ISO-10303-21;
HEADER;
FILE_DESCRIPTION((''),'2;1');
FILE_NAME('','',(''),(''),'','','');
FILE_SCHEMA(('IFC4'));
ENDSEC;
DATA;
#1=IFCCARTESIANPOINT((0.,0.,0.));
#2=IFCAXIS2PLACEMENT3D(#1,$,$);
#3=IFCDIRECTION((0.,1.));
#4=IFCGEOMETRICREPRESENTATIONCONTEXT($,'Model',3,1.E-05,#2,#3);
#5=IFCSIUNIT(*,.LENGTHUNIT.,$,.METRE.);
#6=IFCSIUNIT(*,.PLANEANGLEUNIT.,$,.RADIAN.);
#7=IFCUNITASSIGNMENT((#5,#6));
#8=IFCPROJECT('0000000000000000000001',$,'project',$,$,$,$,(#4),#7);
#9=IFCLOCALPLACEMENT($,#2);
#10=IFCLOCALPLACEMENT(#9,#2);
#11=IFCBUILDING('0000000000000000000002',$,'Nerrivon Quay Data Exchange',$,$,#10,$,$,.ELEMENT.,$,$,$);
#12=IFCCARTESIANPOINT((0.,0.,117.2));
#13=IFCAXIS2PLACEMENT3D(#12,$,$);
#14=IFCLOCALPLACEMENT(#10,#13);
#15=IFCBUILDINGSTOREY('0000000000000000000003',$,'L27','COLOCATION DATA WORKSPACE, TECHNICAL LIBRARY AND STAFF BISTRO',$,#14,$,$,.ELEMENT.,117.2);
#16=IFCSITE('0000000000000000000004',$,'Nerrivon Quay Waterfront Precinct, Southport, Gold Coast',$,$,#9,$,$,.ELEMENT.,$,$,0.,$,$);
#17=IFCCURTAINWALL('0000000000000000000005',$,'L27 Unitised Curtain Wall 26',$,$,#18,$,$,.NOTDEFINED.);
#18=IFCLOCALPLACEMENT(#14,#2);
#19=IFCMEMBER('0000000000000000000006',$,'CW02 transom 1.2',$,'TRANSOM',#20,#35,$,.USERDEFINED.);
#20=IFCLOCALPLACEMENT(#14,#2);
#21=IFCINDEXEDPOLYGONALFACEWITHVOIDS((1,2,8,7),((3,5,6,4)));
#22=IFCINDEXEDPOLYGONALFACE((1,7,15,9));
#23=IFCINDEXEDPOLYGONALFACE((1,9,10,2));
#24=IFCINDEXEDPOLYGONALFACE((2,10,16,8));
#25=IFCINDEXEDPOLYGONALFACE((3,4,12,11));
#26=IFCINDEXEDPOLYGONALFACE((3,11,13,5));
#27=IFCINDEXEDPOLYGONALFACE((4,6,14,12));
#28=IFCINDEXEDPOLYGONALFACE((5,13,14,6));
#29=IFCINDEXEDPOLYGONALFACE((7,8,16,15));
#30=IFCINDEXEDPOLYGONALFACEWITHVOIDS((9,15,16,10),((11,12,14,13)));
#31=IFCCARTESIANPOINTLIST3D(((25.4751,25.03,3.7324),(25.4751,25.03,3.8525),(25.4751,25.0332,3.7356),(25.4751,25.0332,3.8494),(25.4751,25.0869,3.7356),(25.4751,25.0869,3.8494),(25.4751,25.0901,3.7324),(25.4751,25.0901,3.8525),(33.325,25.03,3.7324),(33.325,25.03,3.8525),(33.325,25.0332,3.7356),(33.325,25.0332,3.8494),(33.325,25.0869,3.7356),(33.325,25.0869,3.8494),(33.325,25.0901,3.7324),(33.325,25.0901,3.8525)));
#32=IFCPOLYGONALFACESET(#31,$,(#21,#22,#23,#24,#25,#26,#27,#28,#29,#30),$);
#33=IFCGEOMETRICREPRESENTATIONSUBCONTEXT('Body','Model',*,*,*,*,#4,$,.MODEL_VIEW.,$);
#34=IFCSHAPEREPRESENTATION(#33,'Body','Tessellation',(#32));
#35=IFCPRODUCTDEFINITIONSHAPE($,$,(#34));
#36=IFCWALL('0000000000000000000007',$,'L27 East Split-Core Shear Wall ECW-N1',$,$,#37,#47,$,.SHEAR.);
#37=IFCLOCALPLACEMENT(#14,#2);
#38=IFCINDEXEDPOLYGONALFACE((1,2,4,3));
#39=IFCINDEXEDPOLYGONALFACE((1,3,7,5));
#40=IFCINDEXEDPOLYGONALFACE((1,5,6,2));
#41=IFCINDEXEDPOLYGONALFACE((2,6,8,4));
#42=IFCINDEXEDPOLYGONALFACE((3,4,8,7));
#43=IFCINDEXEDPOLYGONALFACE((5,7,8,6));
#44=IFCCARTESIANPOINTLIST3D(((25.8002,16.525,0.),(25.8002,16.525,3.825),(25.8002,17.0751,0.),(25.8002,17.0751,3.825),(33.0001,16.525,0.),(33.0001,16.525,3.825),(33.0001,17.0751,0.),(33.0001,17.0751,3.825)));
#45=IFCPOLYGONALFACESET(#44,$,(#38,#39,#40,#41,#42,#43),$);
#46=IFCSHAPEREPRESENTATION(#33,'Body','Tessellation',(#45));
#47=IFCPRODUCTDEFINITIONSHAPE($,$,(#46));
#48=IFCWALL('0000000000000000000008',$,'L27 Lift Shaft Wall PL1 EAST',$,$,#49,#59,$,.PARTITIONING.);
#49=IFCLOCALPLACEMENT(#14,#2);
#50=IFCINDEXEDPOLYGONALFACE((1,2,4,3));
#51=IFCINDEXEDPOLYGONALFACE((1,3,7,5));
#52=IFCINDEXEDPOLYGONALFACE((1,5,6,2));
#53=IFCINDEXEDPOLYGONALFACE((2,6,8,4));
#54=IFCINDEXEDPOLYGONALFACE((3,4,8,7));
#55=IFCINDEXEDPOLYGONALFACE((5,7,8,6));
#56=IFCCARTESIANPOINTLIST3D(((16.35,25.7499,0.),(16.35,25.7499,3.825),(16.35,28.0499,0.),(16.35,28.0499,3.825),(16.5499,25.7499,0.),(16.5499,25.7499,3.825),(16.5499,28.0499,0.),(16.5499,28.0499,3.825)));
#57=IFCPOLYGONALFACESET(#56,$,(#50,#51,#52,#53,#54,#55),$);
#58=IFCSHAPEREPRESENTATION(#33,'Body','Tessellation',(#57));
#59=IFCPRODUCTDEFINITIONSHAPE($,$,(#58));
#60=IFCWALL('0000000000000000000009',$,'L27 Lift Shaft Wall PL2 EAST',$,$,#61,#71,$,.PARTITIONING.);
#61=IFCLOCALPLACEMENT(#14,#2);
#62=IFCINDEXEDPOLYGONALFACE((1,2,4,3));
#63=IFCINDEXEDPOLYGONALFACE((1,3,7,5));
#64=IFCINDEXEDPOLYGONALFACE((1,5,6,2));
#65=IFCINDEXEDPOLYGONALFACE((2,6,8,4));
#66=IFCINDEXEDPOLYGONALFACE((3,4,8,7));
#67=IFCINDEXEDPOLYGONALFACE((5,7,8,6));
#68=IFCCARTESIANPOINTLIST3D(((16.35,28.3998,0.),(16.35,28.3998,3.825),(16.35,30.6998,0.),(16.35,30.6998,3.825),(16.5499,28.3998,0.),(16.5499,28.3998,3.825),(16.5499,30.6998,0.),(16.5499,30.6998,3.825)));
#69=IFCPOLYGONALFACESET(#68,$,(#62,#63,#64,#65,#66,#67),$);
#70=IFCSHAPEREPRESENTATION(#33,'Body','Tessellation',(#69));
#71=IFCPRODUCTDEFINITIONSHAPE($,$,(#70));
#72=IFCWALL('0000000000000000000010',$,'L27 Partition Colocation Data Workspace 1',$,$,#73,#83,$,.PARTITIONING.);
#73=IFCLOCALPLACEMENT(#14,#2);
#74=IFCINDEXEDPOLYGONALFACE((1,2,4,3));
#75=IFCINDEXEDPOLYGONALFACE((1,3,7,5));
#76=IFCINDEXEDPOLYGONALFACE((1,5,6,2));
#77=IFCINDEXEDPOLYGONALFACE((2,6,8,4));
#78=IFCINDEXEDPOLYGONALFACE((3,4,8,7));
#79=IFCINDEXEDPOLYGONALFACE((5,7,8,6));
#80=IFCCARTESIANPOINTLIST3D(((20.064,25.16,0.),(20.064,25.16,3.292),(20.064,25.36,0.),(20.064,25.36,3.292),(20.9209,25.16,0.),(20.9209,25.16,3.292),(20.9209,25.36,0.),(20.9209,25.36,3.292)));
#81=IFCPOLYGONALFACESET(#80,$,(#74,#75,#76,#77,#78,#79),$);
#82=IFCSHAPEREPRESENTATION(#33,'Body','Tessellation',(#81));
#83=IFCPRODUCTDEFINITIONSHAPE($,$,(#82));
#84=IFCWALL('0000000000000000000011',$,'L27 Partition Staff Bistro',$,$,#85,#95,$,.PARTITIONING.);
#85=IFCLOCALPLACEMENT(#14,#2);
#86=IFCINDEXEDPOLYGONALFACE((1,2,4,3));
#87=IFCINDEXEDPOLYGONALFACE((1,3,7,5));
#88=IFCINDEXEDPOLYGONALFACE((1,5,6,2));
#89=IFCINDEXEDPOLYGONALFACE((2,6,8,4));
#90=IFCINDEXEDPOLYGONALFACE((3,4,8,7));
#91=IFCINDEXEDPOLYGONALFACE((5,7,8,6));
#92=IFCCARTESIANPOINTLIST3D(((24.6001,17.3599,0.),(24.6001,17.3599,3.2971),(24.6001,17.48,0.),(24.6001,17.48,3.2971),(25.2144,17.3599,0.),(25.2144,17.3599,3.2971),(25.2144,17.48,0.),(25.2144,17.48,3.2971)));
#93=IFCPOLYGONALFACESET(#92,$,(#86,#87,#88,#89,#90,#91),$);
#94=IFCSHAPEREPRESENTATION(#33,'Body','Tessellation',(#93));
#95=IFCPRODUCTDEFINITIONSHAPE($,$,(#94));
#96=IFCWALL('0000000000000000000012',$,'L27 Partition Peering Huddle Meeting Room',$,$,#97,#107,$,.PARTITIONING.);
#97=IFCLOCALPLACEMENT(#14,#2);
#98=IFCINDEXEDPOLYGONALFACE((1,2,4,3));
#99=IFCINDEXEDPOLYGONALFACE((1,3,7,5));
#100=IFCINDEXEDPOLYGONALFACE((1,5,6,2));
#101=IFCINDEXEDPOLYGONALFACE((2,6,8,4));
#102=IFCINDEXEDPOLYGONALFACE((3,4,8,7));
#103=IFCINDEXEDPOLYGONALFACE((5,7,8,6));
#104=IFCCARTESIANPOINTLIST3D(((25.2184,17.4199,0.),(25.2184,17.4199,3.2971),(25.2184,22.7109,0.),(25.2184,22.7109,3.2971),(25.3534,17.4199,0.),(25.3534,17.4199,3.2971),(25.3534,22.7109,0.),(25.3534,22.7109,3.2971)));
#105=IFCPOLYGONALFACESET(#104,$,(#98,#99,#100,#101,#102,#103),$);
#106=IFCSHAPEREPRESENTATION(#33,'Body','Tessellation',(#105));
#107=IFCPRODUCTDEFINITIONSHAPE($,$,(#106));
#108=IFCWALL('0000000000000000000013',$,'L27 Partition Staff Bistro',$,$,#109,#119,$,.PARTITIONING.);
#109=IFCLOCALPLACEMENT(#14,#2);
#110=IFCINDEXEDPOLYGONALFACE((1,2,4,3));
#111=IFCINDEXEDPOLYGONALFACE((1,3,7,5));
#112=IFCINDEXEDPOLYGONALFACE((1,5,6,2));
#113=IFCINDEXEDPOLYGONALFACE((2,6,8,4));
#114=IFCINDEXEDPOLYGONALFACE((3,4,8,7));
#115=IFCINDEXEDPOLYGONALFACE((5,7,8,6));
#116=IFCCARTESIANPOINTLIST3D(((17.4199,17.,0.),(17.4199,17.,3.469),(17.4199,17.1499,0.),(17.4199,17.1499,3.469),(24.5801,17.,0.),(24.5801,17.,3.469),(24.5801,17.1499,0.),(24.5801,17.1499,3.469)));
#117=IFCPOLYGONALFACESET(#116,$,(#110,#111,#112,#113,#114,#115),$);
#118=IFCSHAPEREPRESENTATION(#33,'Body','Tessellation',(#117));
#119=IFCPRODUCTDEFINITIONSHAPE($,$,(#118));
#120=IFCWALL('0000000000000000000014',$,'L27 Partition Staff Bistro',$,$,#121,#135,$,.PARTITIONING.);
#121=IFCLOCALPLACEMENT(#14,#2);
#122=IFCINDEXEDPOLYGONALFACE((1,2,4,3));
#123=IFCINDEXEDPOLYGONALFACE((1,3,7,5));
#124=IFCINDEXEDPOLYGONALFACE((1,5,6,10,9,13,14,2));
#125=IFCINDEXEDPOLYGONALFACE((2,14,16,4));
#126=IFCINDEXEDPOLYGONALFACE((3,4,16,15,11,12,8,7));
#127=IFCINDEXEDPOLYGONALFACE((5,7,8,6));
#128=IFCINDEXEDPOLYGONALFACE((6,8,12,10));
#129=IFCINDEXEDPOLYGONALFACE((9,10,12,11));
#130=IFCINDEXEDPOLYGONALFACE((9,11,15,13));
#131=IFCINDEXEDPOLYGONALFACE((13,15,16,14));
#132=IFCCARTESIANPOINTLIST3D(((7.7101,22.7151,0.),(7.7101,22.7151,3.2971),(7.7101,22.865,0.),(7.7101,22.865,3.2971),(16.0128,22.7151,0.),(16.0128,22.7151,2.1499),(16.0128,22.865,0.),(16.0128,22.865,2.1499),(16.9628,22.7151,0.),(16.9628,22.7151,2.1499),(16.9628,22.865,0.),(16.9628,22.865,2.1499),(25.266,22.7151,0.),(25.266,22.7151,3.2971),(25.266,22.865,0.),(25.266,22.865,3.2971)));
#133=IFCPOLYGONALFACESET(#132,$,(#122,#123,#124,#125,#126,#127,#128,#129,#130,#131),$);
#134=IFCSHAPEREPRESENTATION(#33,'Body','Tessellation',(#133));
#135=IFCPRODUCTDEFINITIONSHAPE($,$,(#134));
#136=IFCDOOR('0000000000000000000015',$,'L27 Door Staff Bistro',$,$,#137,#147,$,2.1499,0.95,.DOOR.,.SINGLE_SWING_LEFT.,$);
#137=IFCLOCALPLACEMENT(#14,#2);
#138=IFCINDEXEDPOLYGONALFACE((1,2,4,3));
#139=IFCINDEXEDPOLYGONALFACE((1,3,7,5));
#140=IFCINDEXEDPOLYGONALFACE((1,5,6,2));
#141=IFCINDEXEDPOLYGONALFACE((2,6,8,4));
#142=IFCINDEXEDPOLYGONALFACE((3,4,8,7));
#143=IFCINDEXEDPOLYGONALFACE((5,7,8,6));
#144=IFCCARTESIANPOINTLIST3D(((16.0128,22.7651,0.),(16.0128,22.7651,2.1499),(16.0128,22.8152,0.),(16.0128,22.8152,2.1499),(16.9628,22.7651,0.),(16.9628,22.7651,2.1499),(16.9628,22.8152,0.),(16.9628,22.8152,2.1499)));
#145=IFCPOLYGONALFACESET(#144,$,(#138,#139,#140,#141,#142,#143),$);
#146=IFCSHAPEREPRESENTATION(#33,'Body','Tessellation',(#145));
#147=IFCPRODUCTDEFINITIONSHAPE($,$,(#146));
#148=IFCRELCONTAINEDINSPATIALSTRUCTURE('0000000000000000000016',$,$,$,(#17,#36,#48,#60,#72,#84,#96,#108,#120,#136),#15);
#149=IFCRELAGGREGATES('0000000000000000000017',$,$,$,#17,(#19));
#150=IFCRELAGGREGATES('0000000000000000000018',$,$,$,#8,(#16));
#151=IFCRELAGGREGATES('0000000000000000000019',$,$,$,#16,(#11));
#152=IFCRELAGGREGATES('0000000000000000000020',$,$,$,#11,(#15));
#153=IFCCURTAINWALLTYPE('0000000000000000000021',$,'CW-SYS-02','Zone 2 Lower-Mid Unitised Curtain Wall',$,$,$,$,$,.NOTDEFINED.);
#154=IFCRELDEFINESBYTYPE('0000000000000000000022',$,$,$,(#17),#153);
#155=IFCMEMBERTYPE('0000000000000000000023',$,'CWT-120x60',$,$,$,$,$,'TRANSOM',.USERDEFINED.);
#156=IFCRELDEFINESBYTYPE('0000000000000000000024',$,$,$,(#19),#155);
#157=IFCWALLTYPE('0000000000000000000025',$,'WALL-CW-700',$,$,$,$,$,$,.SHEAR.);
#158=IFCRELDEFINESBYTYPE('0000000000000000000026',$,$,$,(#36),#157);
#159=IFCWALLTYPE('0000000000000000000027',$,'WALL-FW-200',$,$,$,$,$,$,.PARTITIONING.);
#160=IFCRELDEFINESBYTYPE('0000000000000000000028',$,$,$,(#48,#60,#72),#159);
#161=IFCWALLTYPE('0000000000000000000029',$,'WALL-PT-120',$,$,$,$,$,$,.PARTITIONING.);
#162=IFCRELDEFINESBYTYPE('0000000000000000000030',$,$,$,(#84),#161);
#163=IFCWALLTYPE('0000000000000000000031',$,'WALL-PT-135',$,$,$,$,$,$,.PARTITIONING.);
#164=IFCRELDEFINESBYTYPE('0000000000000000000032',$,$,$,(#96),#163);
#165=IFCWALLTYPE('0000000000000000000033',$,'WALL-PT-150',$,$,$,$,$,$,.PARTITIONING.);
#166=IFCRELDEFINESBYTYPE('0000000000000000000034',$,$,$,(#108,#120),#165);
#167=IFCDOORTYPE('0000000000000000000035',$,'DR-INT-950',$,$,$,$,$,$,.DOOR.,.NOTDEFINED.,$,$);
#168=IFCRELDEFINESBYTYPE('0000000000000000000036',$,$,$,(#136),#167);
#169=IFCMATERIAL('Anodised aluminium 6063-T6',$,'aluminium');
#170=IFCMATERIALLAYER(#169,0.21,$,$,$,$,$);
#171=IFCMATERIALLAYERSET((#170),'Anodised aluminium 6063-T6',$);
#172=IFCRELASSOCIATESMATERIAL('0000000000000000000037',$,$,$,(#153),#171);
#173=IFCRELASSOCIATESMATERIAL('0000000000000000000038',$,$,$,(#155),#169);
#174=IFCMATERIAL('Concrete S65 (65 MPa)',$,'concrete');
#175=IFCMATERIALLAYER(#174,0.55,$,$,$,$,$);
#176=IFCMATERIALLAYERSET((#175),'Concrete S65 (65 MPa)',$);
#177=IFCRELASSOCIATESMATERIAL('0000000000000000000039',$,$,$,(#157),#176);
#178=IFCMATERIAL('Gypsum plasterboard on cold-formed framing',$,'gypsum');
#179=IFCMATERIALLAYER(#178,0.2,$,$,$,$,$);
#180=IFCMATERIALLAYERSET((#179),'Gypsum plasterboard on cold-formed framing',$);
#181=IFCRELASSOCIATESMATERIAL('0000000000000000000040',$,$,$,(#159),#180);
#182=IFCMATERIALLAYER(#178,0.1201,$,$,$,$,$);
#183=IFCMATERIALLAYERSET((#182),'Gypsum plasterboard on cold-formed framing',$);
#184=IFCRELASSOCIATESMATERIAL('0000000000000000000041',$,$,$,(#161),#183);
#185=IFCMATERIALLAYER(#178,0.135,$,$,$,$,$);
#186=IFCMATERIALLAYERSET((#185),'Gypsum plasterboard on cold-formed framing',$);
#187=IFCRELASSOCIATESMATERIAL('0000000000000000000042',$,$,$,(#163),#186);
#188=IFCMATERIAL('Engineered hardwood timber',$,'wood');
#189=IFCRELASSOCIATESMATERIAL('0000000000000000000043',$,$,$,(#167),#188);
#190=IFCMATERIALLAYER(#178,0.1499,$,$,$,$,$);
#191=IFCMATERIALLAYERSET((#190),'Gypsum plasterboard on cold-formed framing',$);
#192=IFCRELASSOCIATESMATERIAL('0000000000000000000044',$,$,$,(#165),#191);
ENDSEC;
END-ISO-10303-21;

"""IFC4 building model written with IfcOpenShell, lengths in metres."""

from ifc_helpers import new_model, si_unit, direction, frame, frame_2d, origin, origin_2d, place, context, subcontext, project, spatial, rectangle, hollow_rectangle, extrude, material, layer, layer_set, material_profile, profile_set, type_object, element, fill, aggregate, save


model = new_model("IFC4")

# Units and contexts
model_context = context("Model", 3, precision=1e-05, world=origin(), true_north=direction((0.0, 1.0)))
body_context = subcontext(model_context, "Body", "Model", "MODEL_VIEW")
ifc_project = project(units=[si_unit("LENGTHUNIT", "METRE"), si_unit("PLANEANGLEUNIT", "RADIAN")], contexts=[model_context])

# Site, building, storey
site_placement = place(None, origin())
site = spatial("IfcSite", under=ifc_project, at=site_placement, Name="Nerrivon Quay Waterfront Precinct, Southport, Gold Coast", CompositionType="ELEMENT", RefElevation=0.0)
building_placement = place(site_placement, origin())
building = spatial("IfcBuilding", under=site, at=building_placement, Name="Nerrivon Quay Data Exchange", CompositionType="ELEMENT")
storey_placement = place(building_placement, frame((0.0, 0.0, 117.2)))
storey = spatial("IfcBuildingStorey", under=building, at=storey_placement, Name="L27", Description="COLOCATION DATA WORKSPACE, TECHNICAL LIBRARY AND STAFF BISTRO", CompositionType="ELEMENT", Elevation=117.2)

# Shared definitions
ifc_material_1 = material(Name="Concrete S65 (65 MPa)", Category="concrete")

# Curtain wall, member
ifc_material_2 = material(Name="Anodised aluminium 6063-T6", Category="aluminium")
ifc_layer_1 = layer(ifc_material_2, 0.21)
ifc_layer_set_1 = layer_set([ifc_layer_1], Name="Anodised aluminium 6063-T6")
curtain_wall_type = type_object("IfcCurtainWallType", Name="CW-SYS-02", Description="Zone 2 Lower-Mid Unitised Curtain Wall", PredefinedType="NOTDEFINED", material=ifc_layer_set_1)
curtain_wall_placement = place(storey_placement, origin())
curtain_wall = element("IfcCurtainWall", 1, at=curtain_wall_placement, inside=storey, type_object=curtain_wall_type, Name="L27 Unitised Curtain Wall 26", PredefinedType="NOTDEFINED")
ifc_material_profile_1 = material_profile(ifc_material_2, hollow_rectangle(XDim=0.0601, YDim=0.1201, WallThickness=0.0032, at=origin_2d()), Name="ALU-TRAN-120x60")
ifc_profile_set_1 = profile_set([ifc_material_profile_1], Name="Anodised aluminium 6063-T6")
member_type_1 = type_object("IfcMemberType", Name="CWT-120x60", ElementType="TRANSOM", PredefinedType="USERDEFINED", material=ifc_profile_set_1)
member_1_placement = place(storey_placement, frame((25.4751, 25.0601, 3.7925), z_axis=(1.0, 0.0, 0.0), x_axis=(0.0, 1.0, 0.0)))
member_1 = element("IfcMember", 2, at=member_1_placement, type_object=member_type_1, Name="CW02 transom 1.2", ObjectType="TRANSOM", PredefinedType="USERDEFINED", context=body_context, shape_type="SweptSolid", body=[
    extrude(hollow_rectangle(XDim=0.0601, YDim=0.1201, WallThickness=0.0032, at=origin_2d()), origin(), (0.0, 0.0, 1.0), 7.8499),
])
aggregate(curtain_wall, [member_1])

# Walls
ifc_layer_2 = layer(ifc_material_1, 0.55)
ifc_layer_set_2 = layer_set([ifc_layer_2], Name="Concrete S65 (65 MPa)")
wall_type_1 = type_object("IfcWallType", Name="WALL-CW-700", PredefinedType="SHEAR", material=ifc_layer_set_2)
wall_1_placement = place(storey_placement, frame((25.8, 16.8, 0.0), z_axis=(0.0, 0.0, 1.0), x_axis=(1.0, 0.0, 0.0)))
element("IfcWall", 3, at=wall_1_placement, inside=storey, type_object=wall_type_1, Name="L27 East Split-Core Shear Wall ECW-N1", PredefinedType="SHEAR", context=body_context, shape_type="SweptSolid", body=[
    extrude(rectangle(XDim=7.2, YDim=0.55, at=frame_2d((3.6001, 0.0))), origin(), (0.0, 0.0, 1.0), 3.825),
])
ifc_material_3 = material(Name="Gypsum plasterboard on cold-formed framing", Category="gypsum")
ifc_layer_3 = layer(ifc_material_3, 0.2)
ifc_layer_set_3 = layer_set([ifc_layer_3], Name="Gypsum plasterboard on cold-formed framing")
wall_type_2 = type_object("IfcWallType", Name="WALL-FW-200", PredefinedType="PARTITIONING", material=ifc_layer_set_3)
for number, where, z_axis, x_axis, name in (
    (4, (16.45, 25.75, 0.0), (0.0, 0.0, 1.0), (0.0, 1.0, 0.0), "L27 Lift Shaft Wall PL1 EAST"),
    (5, (16.45, 28.3999, 0.0), (0.0, 0.0, 1.0), (0.0, 1.0, 0.0), "L27 Lift Shaft Wall PL2 EAST"),
):
    element("IfcWall", number, at=place(storey_placement, frame(where, z_axis=z_axis, x_axis=x_axis)), inside=storey, type_object=wall_type_2, Name=name, PredefinedType="PARTITIONING", context=body_context, shape_type="SweptSolid", body=[
        extrude(rectangle(XDim=2.3, YDim=0.2, at=frame_2d((1.1499, 0.0))), origin(), (0.0, 0.0, 1.0), 3.825),
    ])
wall_2_placement = place(storey_placement, frame((20.064, 25.26, 0.0), z_axis=(0.0, 0.0, 1.0), x_axis=(1.0, 0.0, 0.0)))
element("IfcWall", 6, at=wall_2_placement, inside=storey, type_object=wall_type_2, Name="L27 Partition Colocation Data Workspace 1", PredefinedType="PARTITIONING", context=body_context, shape_type="SweptSolid", body=[
    extrude(rectangle(XDim=0.8569, YDim=0.2, at=frame_2d((0.4285, 0.0))), origin(), (0.0, 0.0, 1.0), 3.292),
])
ifc_layer_4 = layer(ifc_material_3, 0.1201)
ifc_layer_set_4 = layer_set([ifc_layer_4], Name="Gypsum plasterboard on cold-formed framing")
wall_type_3 = type_object("IfcWallType", Name="WALL-PT-120", PredefinedType="PARTITIONING", material=ifc_layer_set_4)
wall_3_placement = place(storey_placement, frame((24.6001, 17.4199, 0.0), z_axis=(0.0, 0.0, 1.0), x_axis=(1.0, 0.0, 0.0)))
element("IfcWall", 7, at=wall_3_placement, inside=storey, type_object=wall_type_3, Name="L27 Partition Staff Bistro", PredefinedType="PARTITIONING", context=body_context, shape_type="SweptSolid", body=[
    extrude(rectangle(XDim=0.6143, YDim=0.1201, at=frame_2d((0.3071, 0.0))), origin(), (0.0, 0.0, 1.0), 3.2971),
])
ifc_layer_5 = layer(ifc_material_3, 0.135)
ifc_layer_set_5 = layer_set([ifc_layer_5], Name="Gypsum plasterboard on cold-formed framing")
wall_type_4 = type_object("IfcWallType", Name="WALL-PT-135", PredefinedType="PARTITIONING", material=ifc_layer_set_5)
wall_4_placement = place(storey_placement, frame((25.2859, 22.7109, 0.0), z_axis=(0.0, 0.0, 1.0), x_axis=(0.0, -1.0, 0.0)))
element("IfcWall", 8, at=wall_4_placement, inside=storey, type_object=wall_type_4, Name="L27 Partition Peering Huddle Meeting Room", PredefinedType="PARTITIONING", context=body_context, shape_type="SweptSolid", body=[
    extrude(rectangle(XDim=5.291, YDim=0.135, at=frame_2d((2.6455, 0.0))), origin(), (0.0, 0.0, 1.0), 3.2971),
])

# Shared definitions
ifc_material_4 = material(Name="Engineered hardwood timber", Category="wood")
door_type = type_object("IfcDoorType", Name="DR-INT-950", OperationType="NOTDEFINED", PredefinedType="DOOR", material=ifc_material_4)

# Wall
ifc_layer_6 = layer(ifc_material_3, 0.1499)
ifc_layer_set_6 = layer_set([ifc_layer_6], Name="Gypsum plasterboard on cold-formed framing")
wall_type_5 = type_object("IfcWallType", Name="WALL-PT-150", PredefinedType="PARTITIONING", material=ifc_layer_set_6)
wall_5_placement = place(storey_placement, frame((17.4199, 17.075, 0.0), z_axis=(0.0, 0.0, 1.0), x_axis=(1.0, 0.0, 0.0)))
element("IfcWall", 9, at=wall_5_placement, inside=storey, type_object=wall_type_5, Name="L27 Partition Staff Bistro", PredefinedType="PARTITIONING", context=body_context, shape_type="SweptSolid", body=[
    extrude(rectangle(XDim=7.1602, YDim=0.1499, at=frame_2d((3.5801, 0.0))), origin(), (0.0, 0.0, 1.0), 3.469),
])

# Wall, opening, door
wall_6_placement = place(storey_placement, frame((25.2659, 22.79, 0.0), z_axis=(0.0, 0.0, 1.0), x_axis=(-1.0, 0.0, 0.0)))
wall_6 = element("IfcWall", 10, at=wall_6_placement, inside=storey, type_object=wall_type_5, Name="L27 Partition Staff Bistro", PredefinedType="PARTITIONING", context=body_context, shape_type="SweptSolid", body=[
    extrude(rectangle(XDim=17.5559, YDim=0.1499, at=frame_2d((8.7778, 0.0))), origin(), (0.0, 0.0, 1.0), 3.2971),
])
opening_1_placement = place(wall_6_placement, frame((8.303, 0.0, 0.0)))
opening_1 = element("IfcOpeningElement", 11, at=opening_1_placement, cuts=wall_6, PredefinedType="OPENING", context=body_context, shape_type="SweptSolid", body=[
    extrude(rectangle(XDim=0.95, YDim=2.1499, at=frame_2d((0.4751, 1.075))), frame((0.0, 0.085, 0.0), z_axis=(0.0, -1.0, 0.0), x_axis=(1.0, 0.0, 0.0)), (0.0, 0.0, 1.0), 0.1699),
])
door_1_placement = place(opening_1_placement, origin())
door_1 = element("IfcDoor", 12, at=door_1_placement, inside=storey, type_object=door_type, Name="L27 Door Staff Bistro", OperationType="SINGLE_SWING_LEFT", OverallHeight=2.1499, OverallWidth=0.95, PredefinedType="DOOR", context=body_context, shape_type="SweptSolid", body=[
    extrude(rectangle(XDim=0.95, YDim=2.1499, at=frame_2d((0.4751, 1.075))), frame((0.0, 0.0249, 0.0), z_axis=(0.0, -1.0, 0.0), x_axis=(1.0, 0.0, 0.0)), (0.0, 0.0, 1.0), 0.05),
])
fill(opening_1, door_1)

save(model, "model.ifc")
